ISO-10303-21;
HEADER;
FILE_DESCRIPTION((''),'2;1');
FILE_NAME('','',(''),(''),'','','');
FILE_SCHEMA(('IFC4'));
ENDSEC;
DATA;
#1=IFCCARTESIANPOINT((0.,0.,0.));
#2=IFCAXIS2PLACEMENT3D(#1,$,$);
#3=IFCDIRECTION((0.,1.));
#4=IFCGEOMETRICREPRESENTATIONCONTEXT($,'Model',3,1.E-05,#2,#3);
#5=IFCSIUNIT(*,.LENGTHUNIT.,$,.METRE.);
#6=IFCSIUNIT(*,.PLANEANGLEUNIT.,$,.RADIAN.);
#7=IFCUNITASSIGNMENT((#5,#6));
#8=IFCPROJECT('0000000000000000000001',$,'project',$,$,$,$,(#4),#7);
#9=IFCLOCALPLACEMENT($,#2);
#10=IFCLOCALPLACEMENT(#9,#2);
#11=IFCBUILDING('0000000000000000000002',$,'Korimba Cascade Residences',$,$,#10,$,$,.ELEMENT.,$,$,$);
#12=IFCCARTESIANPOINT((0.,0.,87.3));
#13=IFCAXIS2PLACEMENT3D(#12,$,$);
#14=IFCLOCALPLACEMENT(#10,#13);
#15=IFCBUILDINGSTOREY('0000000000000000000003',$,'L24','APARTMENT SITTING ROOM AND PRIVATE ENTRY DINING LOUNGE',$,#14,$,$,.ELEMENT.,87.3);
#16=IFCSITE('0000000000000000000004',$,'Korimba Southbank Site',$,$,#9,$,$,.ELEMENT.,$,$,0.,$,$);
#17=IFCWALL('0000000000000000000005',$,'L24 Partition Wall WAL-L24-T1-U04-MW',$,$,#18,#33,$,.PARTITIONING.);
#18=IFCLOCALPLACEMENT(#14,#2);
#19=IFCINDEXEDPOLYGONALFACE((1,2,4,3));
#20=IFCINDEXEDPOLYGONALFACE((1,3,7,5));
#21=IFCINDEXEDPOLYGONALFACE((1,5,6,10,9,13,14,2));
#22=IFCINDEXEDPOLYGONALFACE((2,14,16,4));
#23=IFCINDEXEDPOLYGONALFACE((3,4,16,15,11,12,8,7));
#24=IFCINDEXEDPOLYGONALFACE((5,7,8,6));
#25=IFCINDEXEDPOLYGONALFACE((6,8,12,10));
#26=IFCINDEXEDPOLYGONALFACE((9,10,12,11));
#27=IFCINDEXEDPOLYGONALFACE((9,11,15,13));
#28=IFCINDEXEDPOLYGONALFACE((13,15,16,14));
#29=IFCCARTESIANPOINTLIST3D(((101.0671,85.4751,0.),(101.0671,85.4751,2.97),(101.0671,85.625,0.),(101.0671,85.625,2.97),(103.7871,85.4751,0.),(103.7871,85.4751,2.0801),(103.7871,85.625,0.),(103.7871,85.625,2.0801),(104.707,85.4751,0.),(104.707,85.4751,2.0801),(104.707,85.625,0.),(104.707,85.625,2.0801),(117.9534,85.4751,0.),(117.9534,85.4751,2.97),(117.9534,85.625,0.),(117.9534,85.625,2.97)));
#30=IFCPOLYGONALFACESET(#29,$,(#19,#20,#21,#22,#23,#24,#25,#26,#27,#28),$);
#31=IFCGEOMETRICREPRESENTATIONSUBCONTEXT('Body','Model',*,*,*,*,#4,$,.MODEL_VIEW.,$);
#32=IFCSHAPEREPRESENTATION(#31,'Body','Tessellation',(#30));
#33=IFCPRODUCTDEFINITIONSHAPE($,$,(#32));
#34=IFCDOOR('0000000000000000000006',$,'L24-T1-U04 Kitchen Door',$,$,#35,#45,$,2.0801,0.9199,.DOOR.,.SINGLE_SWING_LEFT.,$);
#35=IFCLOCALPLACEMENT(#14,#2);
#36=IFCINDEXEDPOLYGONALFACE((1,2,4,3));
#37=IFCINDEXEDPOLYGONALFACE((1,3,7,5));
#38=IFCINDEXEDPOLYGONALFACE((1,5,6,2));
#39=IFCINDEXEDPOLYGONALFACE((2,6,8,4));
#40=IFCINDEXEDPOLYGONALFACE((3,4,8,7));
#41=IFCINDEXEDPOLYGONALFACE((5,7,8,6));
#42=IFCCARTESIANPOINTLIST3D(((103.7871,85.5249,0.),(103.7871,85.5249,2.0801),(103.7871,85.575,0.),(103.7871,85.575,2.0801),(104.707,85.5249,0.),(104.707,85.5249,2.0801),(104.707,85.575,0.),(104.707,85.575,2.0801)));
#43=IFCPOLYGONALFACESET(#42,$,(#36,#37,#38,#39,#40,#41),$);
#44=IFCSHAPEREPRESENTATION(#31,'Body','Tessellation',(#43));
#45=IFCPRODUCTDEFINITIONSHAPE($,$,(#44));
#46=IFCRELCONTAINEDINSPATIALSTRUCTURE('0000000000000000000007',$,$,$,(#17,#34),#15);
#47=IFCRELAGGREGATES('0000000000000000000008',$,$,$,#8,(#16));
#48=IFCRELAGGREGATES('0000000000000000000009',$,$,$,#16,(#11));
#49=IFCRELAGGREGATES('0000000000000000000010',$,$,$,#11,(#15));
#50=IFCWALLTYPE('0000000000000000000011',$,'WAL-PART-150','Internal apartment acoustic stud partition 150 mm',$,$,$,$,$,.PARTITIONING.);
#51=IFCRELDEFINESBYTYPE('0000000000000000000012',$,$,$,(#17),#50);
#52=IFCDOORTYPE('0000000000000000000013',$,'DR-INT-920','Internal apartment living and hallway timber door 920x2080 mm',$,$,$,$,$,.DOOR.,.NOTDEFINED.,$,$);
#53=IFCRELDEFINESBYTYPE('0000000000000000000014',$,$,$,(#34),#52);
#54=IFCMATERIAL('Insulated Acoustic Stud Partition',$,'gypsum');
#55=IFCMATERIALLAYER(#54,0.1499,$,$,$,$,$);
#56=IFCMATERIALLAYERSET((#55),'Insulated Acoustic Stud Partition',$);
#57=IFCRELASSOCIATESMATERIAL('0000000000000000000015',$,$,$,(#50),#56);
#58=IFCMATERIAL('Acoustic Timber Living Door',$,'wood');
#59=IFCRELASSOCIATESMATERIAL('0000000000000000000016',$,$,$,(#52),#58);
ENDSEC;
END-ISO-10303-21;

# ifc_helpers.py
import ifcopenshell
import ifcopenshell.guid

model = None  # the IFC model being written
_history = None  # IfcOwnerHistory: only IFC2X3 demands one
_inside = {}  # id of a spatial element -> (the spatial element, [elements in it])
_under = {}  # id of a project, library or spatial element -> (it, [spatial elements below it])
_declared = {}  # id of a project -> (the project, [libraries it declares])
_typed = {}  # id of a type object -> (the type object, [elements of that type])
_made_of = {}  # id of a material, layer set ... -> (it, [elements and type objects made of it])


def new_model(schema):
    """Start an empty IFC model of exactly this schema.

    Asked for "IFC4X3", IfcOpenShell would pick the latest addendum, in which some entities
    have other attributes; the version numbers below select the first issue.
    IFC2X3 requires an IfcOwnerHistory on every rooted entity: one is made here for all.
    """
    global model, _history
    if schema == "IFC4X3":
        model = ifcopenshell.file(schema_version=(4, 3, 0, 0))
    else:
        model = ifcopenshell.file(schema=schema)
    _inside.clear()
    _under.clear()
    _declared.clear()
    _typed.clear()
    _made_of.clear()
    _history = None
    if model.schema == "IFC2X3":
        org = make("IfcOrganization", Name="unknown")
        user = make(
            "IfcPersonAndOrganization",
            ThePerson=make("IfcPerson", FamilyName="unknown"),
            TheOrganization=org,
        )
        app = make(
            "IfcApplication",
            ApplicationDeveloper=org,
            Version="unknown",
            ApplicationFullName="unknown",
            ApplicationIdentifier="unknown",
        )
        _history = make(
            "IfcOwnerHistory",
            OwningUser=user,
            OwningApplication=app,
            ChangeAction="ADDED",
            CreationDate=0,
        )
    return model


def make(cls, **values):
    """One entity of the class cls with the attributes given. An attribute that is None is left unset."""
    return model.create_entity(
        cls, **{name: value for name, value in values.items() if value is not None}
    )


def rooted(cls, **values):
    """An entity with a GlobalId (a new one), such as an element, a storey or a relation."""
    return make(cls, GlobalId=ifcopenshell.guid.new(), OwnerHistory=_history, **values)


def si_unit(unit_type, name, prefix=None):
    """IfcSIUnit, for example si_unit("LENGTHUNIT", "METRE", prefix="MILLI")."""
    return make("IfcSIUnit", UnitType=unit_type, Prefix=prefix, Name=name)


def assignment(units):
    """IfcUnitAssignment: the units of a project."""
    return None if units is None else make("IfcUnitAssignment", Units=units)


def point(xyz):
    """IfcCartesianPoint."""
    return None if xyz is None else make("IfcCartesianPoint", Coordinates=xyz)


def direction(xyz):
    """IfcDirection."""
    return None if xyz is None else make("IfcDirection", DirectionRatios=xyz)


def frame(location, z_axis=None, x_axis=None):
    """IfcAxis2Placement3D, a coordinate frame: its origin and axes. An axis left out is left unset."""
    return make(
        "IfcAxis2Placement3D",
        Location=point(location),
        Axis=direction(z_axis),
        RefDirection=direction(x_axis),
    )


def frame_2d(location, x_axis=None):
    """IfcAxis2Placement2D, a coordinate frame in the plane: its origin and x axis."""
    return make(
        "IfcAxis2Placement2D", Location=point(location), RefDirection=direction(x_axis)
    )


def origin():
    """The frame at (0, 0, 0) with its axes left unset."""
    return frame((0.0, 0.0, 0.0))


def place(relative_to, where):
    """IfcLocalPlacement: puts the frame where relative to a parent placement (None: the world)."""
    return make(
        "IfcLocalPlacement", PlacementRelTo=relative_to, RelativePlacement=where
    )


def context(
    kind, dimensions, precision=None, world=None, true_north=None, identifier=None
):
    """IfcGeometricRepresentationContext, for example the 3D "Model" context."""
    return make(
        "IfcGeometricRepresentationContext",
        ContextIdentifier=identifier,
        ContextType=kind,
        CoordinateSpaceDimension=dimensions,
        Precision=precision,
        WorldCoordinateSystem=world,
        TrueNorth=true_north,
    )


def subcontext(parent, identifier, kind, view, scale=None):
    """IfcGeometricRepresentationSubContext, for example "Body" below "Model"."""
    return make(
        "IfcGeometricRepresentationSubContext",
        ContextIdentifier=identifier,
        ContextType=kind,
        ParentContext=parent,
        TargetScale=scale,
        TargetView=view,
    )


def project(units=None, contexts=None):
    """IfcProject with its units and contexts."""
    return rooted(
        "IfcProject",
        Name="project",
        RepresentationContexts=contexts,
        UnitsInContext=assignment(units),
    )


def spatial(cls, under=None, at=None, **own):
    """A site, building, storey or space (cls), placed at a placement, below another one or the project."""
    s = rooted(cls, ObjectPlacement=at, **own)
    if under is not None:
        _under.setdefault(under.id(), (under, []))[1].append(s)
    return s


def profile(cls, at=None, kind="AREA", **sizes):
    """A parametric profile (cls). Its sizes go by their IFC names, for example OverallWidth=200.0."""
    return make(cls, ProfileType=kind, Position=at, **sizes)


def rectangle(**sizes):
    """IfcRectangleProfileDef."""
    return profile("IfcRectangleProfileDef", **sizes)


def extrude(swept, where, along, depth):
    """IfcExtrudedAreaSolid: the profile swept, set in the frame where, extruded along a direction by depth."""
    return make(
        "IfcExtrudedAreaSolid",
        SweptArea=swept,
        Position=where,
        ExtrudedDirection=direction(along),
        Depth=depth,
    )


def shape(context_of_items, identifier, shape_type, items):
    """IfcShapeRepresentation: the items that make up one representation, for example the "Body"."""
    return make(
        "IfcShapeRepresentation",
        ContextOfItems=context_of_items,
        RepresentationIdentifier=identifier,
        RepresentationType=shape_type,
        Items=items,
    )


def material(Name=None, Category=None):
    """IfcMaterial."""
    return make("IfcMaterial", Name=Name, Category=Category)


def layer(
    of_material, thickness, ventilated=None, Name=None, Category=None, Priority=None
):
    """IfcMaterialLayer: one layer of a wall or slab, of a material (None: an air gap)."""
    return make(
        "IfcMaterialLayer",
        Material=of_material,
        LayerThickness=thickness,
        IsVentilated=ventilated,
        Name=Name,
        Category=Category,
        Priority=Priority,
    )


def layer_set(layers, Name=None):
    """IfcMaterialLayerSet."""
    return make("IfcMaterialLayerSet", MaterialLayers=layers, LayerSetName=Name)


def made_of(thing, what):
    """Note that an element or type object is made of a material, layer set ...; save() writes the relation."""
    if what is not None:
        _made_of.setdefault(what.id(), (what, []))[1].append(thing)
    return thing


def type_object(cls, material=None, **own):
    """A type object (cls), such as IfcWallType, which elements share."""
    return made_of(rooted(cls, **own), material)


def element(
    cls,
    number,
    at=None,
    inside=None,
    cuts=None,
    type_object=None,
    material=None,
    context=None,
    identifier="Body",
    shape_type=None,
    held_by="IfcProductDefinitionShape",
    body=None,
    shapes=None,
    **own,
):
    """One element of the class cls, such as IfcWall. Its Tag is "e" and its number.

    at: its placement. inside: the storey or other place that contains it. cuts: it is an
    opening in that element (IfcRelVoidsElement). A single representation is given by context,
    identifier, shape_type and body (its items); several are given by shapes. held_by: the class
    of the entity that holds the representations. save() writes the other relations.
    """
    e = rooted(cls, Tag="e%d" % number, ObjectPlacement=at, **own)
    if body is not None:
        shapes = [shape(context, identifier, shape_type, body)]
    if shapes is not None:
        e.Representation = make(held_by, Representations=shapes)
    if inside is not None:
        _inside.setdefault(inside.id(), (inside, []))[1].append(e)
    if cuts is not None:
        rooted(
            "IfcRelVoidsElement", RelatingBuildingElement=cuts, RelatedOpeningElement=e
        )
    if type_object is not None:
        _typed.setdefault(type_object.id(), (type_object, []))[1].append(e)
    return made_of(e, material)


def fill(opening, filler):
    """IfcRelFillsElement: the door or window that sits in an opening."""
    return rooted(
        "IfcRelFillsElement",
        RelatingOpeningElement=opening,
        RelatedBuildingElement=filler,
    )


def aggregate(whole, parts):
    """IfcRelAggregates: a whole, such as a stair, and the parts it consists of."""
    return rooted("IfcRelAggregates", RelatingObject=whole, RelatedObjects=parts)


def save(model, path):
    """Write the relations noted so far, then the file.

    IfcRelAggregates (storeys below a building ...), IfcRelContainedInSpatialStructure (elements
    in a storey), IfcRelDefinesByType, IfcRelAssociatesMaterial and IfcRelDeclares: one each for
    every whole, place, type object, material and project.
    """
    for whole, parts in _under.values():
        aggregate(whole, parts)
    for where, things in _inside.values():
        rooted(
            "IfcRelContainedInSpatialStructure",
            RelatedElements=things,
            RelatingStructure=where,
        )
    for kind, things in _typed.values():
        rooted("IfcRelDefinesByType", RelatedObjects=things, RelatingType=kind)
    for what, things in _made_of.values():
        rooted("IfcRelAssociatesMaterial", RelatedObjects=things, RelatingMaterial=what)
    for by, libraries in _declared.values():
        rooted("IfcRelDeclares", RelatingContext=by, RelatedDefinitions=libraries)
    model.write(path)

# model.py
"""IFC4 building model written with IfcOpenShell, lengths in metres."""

from ifc_helpers import new_model, si_unit, direction, frame, frame_2d, origin, place, context, subcontext, project, spatial, rectangle, extrude, material, layer, layer_set, type_object, element, fill, save


model = new_model("IFC4")

# Units and contexts
model_context = context("Model", 3, precision=1e-05, world=origin(), true_north=direction((0.0, 1.0)))
body_context = subcontext(model_context, "Body", "Model", "MODEL_VIEW")
ifc_project = project(units=[si_unit("LENGTHUNIT", "METRE"), si_unit("PLANEANGLEUNIT", "RADIAN")], contexts=[model_context])

# Site, building, storey
site_placement = place(None, origin())
site = spatial("IfcSite", under=ifc_project, at=site_placement, Name="Korimba Southbank Site", CompositionType="ELEMENT", RefElevation=0.0)
building_placement = place(site_placement, origin())
building = spatial("IfcBuilding", under=site, at=building_placement, Name="Korimba Cascade Residences", CompositionType="ELEMENT")
storey_placement = place(building_placement, frame((0.0, 0.0, 87.3)))
storey = spatial("IfcBuildingStorey", under=building, at=storey_placement, Name="L24", Description="APARTMENT SITTING ROOM AND PRIVATE ENTRY DINING LOUNGE", CompositionType="ELEMENT", Elevation=87.3)

# Shared definitions
ifc_material_1 = material(Name="Insulated Acoustic Stud Partition", Category="gypsum")
ifc_layer_1 = layer(ifc_material_1, 0.1499)
ifc_layer_set_1 = layer_set([ifc_layer_1], Name="Insulated Acoustic Stud Partition")
wall_type_1 = type_object("IfcWallType", Name="WAL-PART-150", Description="Internal apartment acoustic stud partition 150 mm", PredefinedType="PARTITIONING", material=ifc_layer_set_1)

# Wall, opening, door
ifc_material_2 = material(Name="Acoustic Timber Living Door", Category="wood")
door_type_1 = type_object("IfcDoorType", Name="DR-INT-920", Description="Internal apartment living and hallway timber door 920x2080 mm", OperationType="NOTDEFINED", PredefinedType="DOOR", material=ifc_material_2)
wall_1_placement = place(storey_placement, frame((101.0671, 85.55, 0.0), z_axis=(0.0, 0.0, 1.0), x_axis=(1.0, 0.0, 0.0)))
wall_1 = element("IfcWall", 1, at=wall_1_placement, inside=storey, type_object=wall_type_1, Name="L24 Partition Wall WAL-L24-T1-U04-MW", PredefinedType="PARTITIONING", context=body_context, shape_type="SweptSolid", body=[
    extrude(rectangle(XDim=16.8862, YDim=0.1499, at=frame_2d((8.4431, 0.0))), origin(), (0.0, 0.0, 1.0), 2.97),
])
opening_1_placement = place(wall_1_placement, frame((2.72, 0.0, 0.0)))
opening_1 = element("IfcOpeningElement", 2, at=opening_1_placement, cuts=wall_1, PredefinedType="OPENING", context=body_context, shape_type="SweptSolid", body=[
    extrude(rectangle(XDim=0.9199, YDim=2.0801, at=frame_2d((0.46, 1.04))), frame((0.0, 0.085, 0.0), z_axis=(0.0, -1.0, 0.0), x_axis=(1.0, 0.0, 0.0)), (0.0, 0.0, 1.0), 0.1699),
])
door_1_placement = place(opening_1_placement, origin())
door_1 = element("IfcDoor", 3, at=door_1_placement, inside=storey, type_object=door_type_1, Name="L24-T1-U04 Kitchen Door", OperationType="SINGLE_SWING_LEFT", OverallHeight=2.0801, OverallWidth=0.9199, PredefinedType="DOOR", context=body_context, shape_type="SweptSolid", body=[
    extrude(rectangle(XDim=0.9199, YDim=2.0801, at=frame_2d((0.46, 1.04))), frame((0.0, 0.0249, 0.0), z_axis=(0.0, -1.0, 0.0), x_axis=(1.0, 0.0, 0.0)), (0.0, 0.0, 1.0), 0.05),
])
fill(opening_1, door_1)

save(model, "model.ifc")
